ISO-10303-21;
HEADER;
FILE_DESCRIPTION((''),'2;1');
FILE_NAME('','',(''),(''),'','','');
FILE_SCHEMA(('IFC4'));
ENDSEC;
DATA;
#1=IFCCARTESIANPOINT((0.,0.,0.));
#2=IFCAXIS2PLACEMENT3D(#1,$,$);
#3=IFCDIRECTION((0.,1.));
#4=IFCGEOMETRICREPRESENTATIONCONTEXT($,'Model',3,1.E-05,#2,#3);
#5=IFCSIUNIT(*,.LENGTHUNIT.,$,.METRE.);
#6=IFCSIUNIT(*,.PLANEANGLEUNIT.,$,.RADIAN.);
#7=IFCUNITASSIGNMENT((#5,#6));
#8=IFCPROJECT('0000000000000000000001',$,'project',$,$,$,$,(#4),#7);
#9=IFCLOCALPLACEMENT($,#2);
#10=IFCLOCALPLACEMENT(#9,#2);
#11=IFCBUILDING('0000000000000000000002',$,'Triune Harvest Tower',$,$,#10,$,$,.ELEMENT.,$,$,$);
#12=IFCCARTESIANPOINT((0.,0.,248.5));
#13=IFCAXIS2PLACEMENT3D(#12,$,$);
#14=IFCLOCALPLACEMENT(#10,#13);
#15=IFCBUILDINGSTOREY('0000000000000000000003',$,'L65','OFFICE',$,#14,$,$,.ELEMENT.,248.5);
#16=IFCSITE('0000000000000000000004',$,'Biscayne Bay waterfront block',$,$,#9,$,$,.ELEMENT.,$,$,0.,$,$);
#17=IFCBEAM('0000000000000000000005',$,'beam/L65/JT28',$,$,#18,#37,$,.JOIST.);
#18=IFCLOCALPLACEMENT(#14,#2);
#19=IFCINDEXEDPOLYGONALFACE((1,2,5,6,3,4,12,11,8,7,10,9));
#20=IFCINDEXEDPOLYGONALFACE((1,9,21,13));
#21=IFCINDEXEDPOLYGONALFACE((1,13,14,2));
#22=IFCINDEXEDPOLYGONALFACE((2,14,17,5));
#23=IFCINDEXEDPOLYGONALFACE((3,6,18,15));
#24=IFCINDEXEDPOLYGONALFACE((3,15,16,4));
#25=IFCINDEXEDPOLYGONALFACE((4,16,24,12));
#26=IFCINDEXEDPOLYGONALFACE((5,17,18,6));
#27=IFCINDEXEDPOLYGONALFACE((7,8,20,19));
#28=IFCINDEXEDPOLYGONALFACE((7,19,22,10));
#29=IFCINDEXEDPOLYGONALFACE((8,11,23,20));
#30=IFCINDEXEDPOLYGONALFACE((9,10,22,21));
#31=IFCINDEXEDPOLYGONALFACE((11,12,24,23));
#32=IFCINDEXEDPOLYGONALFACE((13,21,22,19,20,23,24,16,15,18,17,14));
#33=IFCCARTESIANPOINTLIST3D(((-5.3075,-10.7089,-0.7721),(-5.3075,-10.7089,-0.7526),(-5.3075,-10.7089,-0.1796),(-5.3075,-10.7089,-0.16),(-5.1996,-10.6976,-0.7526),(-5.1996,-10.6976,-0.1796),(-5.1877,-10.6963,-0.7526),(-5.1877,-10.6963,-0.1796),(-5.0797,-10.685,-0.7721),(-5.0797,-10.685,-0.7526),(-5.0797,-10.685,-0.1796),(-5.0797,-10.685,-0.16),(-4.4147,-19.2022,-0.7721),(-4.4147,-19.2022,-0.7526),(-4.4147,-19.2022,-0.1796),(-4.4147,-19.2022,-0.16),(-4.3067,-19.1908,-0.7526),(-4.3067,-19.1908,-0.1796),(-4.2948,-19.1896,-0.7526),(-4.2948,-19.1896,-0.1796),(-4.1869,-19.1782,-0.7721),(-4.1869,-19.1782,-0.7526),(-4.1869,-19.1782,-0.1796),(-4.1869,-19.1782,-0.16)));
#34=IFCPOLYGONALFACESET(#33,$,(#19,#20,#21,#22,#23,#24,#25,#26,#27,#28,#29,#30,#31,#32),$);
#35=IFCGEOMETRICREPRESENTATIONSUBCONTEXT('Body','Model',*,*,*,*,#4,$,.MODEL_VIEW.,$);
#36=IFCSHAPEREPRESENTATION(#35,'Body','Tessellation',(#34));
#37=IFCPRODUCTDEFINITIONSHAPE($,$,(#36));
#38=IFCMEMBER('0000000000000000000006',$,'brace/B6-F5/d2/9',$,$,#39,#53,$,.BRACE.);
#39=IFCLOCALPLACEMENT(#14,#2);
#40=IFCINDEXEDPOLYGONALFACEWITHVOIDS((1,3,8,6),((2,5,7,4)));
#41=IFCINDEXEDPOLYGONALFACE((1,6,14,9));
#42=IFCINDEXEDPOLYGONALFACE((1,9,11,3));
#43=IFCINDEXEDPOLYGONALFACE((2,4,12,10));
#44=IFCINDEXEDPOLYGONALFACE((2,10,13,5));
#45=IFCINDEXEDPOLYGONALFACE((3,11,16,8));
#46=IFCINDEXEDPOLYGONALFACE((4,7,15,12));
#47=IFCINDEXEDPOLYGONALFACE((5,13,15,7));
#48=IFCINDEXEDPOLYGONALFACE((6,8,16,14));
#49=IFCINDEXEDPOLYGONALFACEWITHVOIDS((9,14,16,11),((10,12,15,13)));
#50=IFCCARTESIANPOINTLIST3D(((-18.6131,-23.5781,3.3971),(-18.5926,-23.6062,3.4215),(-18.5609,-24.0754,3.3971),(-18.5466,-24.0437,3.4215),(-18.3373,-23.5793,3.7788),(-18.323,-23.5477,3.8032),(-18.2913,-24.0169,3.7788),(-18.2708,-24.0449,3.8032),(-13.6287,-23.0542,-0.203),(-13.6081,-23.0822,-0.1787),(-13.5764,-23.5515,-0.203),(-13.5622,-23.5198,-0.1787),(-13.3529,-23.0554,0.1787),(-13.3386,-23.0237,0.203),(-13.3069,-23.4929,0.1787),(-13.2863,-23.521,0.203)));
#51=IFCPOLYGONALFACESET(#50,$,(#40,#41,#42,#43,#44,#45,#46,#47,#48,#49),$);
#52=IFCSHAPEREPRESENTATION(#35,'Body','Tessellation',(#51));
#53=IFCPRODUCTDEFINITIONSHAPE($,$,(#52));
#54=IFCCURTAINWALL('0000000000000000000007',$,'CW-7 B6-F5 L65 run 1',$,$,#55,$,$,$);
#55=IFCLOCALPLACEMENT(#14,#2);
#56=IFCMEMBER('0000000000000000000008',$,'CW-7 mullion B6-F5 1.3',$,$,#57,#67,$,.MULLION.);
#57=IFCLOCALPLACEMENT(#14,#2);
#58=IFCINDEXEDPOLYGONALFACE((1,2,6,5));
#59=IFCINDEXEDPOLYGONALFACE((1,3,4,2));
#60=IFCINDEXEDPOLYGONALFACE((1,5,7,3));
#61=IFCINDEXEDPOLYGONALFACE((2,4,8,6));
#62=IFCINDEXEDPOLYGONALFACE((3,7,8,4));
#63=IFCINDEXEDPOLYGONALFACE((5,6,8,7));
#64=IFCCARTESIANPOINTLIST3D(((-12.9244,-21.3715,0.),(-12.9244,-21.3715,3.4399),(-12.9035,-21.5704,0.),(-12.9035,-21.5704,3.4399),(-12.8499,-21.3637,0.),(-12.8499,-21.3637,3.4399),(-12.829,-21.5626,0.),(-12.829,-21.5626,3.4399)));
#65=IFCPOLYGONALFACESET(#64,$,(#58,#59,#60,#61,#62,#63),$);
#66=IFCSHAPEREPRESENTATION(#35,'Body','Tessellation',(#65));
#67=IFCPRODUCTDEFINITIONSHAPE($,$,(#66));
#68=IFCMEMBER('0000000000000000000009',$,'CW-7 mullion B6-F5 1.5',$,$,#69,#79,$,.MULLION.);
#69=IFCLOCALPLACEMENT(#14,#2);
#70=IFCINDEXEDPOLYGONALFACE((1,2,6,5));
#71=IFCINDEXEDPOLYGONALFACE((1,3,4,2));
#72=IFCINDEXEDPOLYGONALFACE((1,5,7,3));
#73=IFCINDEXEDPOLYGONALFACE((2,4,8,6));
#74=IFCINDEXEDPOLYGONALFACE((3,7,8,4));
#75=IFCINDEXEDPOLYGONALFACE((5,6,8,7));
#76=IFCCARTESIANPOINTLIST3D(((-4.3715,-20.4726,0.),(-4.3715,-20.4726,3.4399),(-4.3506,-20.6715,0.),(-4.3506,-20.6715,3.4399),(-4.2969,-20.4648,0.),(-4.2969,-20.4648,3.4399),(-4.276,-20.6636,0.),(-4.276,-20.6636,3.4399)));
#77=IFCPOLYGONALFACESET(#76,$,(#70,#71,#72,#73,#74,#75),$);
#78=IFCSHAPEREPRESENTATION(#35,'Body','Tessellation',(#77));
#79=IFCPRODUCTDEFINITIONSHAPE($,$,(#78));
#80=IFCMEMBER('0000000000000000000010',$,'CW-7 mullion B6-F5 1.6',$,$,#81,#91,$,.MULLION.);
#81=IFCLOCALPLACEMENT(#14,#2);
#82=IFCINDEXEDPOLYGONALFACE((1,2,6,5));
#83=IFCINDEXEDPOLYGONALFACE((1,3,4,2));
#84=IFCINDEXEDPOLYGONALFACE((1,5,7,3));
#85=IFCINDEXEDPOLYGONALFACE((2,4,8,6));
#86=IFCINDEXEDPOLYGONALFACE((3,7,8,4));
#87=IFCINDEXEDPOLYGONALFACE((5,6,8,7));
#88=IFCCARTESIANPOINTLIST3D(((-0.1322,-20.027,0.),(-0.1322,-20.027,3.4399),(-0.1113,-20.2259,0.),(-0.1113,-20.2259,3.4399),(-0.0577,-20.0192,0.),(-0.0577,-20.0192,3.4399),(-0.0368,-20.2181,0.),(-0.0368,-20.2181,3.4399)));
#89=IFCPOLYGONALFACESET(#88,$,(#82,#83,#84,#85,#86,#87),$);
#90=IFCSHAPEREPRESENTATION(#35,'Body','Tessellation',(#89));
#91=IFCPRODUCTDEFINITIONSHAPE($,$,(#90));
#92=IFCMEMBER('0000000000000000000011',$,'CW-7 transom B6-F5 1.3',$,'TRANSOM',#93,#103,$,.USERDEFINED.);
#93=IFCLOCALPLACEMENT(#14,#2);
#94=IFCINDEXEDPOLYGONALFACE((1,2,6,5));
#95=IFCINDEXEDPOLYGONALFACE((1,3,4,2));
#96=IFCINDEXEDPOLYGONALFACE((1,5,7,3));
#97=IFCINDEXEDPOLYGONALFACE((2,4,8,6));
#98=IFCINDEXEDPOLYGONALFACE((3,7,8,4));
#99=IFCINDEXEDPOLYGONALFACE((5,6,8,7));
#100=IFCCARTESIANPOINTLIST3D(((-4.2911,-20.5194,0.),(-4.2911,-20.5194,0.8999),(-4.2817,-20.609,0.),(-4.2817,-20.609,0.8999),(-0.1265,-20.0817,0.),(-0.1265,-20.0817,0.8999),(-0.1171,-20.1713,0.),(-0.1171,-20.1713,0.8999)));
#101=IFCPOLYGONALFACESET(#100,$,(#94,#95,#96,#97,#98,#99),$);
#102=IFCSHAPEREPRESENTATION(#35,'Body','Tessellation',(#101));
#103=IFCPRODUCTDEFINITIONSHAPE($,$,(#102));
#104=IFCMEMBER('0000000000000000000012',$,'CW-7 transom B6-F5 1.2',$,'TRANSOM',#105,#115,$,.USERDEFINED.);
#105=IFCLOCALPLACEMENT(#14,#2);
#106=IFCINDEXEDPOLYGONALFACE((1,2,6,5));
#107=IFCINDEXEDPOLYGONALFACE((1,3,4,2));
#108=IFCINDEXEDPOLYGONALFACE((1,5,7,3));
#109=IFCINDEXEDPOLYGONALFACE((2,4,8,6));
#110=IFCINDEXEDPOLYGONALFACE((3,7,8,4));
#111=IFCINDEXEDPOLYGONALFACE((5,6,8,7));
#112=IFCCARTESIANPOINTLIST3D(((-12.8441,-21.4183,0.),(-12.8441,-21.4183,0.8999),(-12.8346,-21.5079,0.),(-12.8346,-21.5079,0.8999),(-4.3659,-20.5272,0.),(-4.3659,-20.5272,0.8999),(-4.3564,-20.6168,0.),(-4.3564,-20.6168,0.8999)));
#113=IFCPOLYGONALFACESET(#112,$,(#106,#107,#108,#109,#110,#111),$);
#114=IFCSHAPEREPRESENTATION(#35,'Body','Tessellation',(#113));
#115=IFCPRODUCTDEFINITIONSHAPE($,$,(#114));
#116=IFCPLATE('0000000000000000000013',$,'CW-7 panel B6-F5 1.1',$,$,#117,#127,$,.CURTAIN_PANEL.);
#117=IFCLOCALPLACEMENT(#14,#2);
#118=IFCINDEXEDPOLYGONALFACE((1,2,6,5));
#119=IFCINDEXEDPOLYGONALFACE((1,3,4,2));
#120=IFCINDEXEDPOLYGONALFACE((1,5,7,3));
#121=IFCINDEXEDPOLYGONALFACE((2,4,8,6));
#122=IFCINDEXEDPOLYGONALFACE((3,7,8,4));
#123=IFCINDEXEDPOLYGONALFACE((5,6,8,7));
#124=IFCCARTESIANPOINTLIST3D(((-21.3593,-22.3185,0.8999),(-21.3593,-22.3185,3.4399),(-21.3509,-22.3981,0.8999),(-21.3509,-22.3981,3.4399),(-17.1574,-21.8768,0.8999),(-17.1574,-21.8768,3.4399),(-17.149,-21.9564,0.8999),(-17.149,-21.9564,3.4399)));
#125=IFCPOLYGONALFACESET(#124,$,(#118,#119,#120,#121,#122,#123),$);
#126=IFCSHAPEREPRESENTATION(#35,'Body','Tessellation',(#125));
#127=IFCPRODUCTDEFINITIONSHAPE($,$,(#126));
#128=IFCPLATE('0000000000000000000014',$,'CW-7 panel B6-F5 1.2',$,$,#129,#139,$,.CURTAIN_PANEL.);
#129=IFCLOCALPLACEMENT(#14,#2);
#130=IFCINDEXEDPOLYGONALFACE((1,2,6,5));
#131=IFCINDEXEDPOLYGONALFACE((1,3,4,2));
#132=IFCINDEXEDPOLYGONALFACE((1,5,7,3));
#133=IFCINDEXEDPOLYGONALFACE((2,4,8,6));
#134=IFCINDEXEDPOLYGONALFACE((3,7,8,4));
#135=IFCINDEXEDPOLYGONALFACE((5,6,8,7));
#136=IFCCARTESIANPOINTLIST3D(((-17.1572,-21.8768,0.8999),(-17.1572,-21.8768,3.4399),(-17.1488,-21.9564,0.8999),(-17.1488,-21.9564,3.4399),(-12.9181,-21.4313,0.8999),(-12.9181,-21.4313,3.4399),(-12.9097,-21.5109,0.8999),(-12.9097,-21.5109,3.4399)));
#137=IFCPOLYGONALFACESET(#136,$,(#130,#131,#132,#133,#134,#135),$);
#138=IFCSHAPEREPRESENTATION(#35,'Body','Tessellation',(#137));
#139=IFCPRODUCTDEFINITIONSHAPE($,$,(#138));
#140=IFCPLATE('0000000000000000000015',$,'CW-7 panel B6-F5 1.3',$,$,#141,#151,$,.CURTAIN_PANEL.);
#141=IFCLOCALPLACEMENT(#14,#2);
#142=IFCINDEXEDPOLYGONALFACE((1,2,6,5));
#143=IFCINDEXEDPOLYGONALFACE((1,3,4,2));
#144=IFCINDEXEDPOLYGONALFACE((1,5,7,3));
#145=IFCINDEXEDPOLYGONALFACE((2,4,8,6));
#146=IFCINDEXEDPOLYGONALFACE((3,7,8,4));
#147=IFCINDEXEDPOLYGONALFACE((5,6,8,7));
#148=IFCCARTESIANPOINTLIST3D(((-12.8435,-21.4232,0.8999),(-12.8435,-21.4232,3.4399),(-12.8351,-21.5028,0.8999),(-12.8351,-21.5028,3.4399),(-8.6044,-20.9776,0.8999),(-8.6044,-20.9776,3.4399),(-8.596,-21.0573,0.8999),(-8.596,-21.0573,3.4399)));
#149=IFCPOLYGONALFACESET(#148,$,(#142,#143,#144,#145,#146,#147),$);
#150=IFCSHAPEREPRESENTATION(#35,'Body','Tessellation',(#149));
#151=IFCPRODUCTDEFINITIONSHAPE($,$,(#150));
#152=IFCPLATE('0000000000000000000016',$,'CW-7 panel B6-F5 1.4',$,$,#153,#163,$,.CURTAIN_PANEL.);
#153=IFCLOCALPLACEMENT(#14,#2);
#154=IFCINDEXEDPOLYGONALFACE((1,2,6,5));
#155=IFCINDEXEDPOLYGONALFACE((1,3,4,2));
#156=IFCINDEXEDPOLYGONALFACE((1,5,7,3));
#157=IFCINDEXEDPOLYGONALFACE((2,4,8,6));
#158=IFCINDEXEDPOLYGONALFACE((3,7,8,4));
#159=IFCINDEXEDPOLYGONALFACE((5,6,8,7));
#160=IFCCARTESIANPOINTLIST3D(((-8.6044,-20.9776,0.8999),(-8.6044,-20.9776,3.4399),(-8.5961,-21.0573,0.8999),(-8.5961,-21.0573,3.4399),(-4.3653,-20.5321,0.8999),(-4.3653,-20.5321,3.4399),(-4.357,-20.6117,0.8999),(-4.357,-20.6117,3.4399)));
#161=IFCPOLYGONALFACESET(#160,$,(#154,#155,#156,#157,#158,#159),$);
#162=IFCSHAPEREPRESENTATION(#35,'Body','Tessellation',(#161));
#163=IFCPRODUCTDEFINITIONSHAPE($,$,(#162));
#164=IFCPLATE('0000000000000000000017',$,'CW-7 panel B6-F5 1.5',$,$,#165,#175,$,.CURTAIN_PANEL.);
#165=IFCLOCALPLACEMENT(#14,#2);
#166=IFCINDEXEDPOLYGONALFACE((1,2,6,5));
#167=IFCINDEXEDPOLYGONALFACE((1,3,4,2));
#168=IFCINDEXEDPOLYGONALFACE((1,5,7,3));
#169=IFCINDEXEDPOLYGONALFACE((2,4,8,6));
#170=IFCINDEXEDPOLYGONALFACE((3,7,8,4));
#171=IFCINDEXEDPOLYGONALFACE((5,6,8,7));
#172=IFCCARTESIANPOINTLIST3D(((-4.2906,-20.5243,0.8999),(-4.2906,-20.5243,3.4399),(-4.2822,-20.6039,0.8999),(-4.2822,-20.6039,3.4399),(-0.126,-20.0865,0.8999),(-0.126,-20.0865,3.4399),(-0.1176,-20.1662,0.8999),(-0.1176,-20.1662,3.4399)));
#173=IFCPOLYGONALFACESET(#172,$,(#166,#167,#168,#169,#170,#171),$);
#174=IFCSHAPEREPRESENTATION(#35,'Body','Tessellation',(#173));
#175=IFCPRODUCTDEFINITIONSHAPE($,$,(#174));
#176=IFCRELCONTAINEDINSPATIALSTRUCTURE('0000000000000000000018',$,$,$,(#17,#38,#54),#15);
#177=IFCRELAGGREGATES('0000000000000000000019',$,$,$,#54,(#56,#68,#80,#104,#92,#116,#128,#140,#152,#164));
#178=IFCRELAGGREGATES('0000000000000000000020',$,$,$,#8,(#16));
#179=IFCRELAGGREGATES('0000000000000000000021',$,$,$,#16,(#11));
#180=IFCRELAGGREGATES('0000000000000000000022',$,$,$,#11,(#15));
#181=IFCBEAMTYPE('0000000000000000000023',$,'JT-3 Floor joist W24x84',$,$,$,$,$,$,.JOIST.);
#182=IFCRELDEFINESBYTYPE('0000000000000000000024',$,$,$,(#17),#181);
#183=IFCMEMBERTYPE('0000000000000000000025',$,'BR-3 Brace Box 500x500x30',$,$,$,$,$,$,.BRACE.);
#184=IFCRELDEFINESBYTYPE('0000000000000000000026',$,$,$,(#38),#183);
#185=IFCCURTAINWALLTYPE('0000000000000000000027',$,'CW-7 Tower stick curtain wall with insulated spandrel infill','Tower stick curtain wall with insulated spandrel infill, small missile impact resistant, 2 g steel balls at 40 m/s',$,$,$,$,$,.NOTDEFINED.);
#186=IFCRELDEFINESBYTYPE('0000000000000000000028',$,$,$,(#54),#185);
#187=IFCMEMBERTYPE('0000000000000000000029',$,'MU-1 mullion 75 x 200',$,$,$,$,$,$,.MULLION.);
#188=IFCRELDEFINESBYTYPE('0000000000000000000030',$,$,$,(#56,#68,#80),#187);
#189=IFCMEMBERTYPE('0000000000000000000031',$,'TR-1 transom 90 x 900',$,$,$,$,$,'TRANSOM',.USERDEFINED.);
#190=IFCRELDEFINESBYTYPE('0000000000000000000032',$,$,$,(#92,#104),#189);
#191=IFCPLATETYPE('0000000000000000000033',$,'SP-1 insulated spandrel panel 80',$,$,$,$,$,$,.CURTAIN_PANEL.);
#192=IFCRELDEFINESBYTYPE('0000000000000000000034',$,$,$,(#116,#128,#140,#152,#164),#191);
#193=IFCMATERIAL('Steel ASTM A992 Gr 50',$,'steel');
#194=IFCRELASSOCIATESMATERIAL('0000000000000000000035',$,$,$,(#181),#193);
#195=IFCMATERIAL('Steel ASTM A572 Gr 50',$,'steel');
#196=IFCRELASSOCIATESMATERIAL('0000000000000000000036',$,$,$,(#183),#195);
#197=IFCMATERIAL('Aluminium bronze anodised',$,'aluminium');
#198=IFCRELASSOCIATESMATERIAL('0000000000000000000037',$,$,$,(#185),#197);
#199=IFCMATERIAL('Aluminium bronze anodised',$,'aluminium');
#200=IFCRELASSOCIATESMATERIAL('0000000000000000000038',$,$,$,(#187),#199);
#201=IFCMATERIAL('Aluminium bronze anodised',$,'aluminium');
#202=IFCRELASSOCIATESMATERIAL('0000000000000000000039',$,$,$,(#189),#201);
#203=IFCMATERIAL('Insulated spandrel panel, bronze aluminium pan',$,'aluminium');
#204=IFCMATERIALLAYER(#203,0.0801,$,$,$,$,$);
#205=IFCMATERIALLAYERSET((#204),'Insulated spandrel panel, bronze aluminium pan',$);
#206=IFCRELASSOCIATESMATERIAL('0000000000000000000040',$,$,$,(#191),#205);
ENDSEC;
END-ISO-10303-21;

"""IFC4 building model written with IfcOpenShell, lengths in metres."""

from ifc_helpers import new_model, si_unit, direction, frame, origin, origin_2d, place, context, subcontext, project, spatial, rectangle, hollow_rectangle, i_section, extrude, source, transform, mapped, material, layer, layer_set, material_profile, profile_set, type_object, element, aggregate, save


model = new_model("IFC4")

# Units and contexts
model_context = context("Model", 3, precision=1e-05, world=origin(), true_north=direction((0.0, 1.0)))
body_context = subcontext(model_context, "Body", "Model", "MODEL_VIEW")
ifc_project = project(units=[si_unit("LENGTHUNIT", "METRE"), si_unit("PLANEANGLEUNIT", "RADIAN")], contexts=[model_context])

# Site, building, storey
site_placement = place(None, origin())
site = spatial("IfcSite", under=ifc_project, at=site_placement, Name="Biscayne Bay waterfront block", CompositionType="ELEMENT", RefElevation=0.0)
building_placement = place(site_placement, origin())
building = spatial("IfcBuilding", under=site, at=building_placement, Name="Triune Harvest Tower", CompositionType="ELEMENT")
storey_placement = place(building_placement, frame((0.0, 0.0, 248.5)))
storey = spatial("IfcBuildingStorey", under=building, at=storey_placement, Name="L65", Description="OFFICE", CompositionType="ELEMENT", Elevation=248.5)

# Beam
ifc_material_1 = material(Name="Steel ASTM A992 Gr 50", Category="steel")
ifc_material_profile_1 = material_profile(ifc_material_1, i_section(OverallWidth=0.229, OverallDepth=0.6121, WebThickness=0.012, FlangeThickness=0.0195, at=origin_2d()), Name="W24x84")
ifc_profile_set_1 = profile_set([ifc_material_profile_1], Name="Steel ASTM A992 Gr 50")
beam_type_1 = type_object("IfcBeamType", Name="JT-3 Floor joist W24x84", PredefinedType="JOIST", material=ifc_profile_set_1)
shared_shape_1 = source(origin(), body_context, "Body", "SweptSolid", [
    extrude(i_section(OverallWidth=0.229, OverallDepth=0.6121, WebThickness=0.012, FlangeThickness=0.0195, at=origin_2d()), origin(), (0.0, 0.0, 1.0), 8.54),
])
beam_1_placement = place(storey_placement, frame((-4.3008, -19.1902, -0.4661), z_axis=(-0.104546, 0.99452, 0.0), x_axis=(-0.99452, -0.104546, 0.0)))
element("IfcBeam", 1, at=beam_1_placement, inside=storey, type_object=beam_type_1, Name="beam/L65/JT28", PredefinedType="JOIST", context=body_context, shape_type="MappedRepresentation", body=[
    mapped(shared_shape_1, transform((0.0, 0.0, 0.0), scale=1.0)),
])

# Member
ifc_material_2 = material(Name="Steel ASTM A572 Gr 50", Category="steel")
ifc_material_profile_2 = material_profile(ifc_material_2, hollow_rectangle(XDim=0.5, YDim=0.5, WallThickness=0.03, at=origin_2d()), Name="Box 500x500x30")
ifc_profile_set_2 = profile_set([ifc_material_profile_2], Name="Steel ASTM A572 Gr 50")
member_type_1 = type_object("IfcMemberType", Name="BR-3 Brace Box 500x500x30", PredefinedType="BRACE", material=ifc_profile_set_2)
shared_shape_2 = source(origin(), body_context, "Body", "SweptSolid", [
    extrude(hollow_rectangle(XDim=0.5, YDim=0.5, WallThickness=0.03, at=origin_2d()), origin(), (0.0, 0.0, 1.0), 6.1709),
])
member_1_placement = place(storey_placement, frame((-13.4575, -23.2876, 0.0), z_axis=(-0.807731, -0.084904, 0.583405), x_axis=(0.104538, -0.994521, 0.0)))
element("IfcMember", 2, at=member_1_placement, inside=storey, type_object=member_type_1, Name="brace/B6-F5/d2/9", PredefinedType="BRACE", context=body_context, shape_type="MappedRepresentation", body=[
    mapped(shared_shape_2, transform((0.0, 0.0, 0.0), scale=1.0)),
])

# Curtain wall, members, plates
ifc_material_3 = material(Name="Aluminium bronze anodised", Category="aluminium")
curtain_wall_type = type_object("IfcCurtainWallType", Name="CW-7 Tower stick curtain wall with insulated spandrel infill", Description="Tower stick curtain wall with insulated spandrel infill, small missile impact resistant, 2 g steel balls at 40 m/s", PredefinedType="NOTDEFINED", material=ifc_material_3)
curtain_wall_placement = place(storey_placement, origin())
curtain_wall = element("IfcCurtainWall", 3, at=curtain_wall_placement, inside=storey, type_object=curtain_wall_type, Name="CW-7 B6-F5 L65 run 1")
ifc_material_4 = material(Name="Aluminium bronze anodised", Category="aluminium")
ifc_material_profile_3 = material_profile(ifc_material_4, rectangle(XDim=0.2, YDim=0.075, at=origin_2d()), Name="MU-1 mullion 75 x 200")
ifc_profile_set_3 = profile_set([ifc_material_profile_3], Name="Aluminium bronze anodised")
member_type_2 = type_object("IfcMemberType", Name="MU-1 mullion 75 x 200", PredefinedType="MULLION", material=ifc_profile_set_3)
shared_shape_3 = source(origin(), body_context, "Body", "SweptSolid", [
    extrude(rectangle(XDim=0.2, YDim=0.075, at=origin_2d()), origin(), (0.0, 0.0, 1.0), 3.4399),
])
member_2_placement = place(storey_placement, frame((-12.8767, -21.467, 0.0), z_axis=(0.0, 0.0, 1.0), x_axis=(-0.10453, 0.994522, 0.0)))
member_2 = element("IfcMember", 4, at=member_2_placement, type_object=member_type_2, Name="CW-7 mullion B6-F5 1.3", PredefinedType="MULLION", context=body_context, shape_type="MappedRepresentation", body=[
    mapped(shared_shape_3, transform((0.0, 0.0, 0.0), scale=1.0)),
])
member_3_placement = place(storey_placement, frame((-4.3237, -20.5681, 0.0), z_axis=(0.0, 0.0, 1.0), x_axis=(-0.10453, 0.994522, 0.0)))
member_3 = element("IfcMember", 5, at=member_3_placement, type_object=member_type_2, Name="CW-7 mullion B6-F5 1.5", PredefinedType="MULLION", context=body_context, shape_type="MappedRepresentation", body=[
    mapped(shared_shape_3, transform((0.0, 0.0, 0.0), scale=1.0)),
])
member_4_placement = place(storey_placement, frame((-0.0845, -20.1226, 0.0), z_axis=(0.0, 0.0, 1.0), x_axis=(-0.10453, 0.994522, 0.0)))
member_4 = element("IfcMember", 6, at=member_4_placement, type_object=member_type_2, Name="CW-7 mullion B6-F5 1.6", PredefinedType="MULLION", context=body_context, shape_type="MappedRepresentation", body=[
    mapped(shared_shape_3, transform((0.0, 0.0, 0.0), scale=1.0)),
])
ifc_material_5 = material(Name="Aluminium bronze anodised", Category="aluminium")
ifc_material_profile_4 = material_profile(ifc_material_5, rectangle(XDim=0.0901, YDim=0.8999, at=origin_2d()), Name="TR-1 transom 90 x 900")
ifc_profile_set_4 = profile_set([ifc_material_profile_4], Name="Aluminium bronze anodised")
member_type_3 = type_object("IfcMemberType", Name="TR-1 transom 90 x 900", ElementType="TRANSOM", PredefinedType="USERDEFINED", material=ifc_profile_set_4)
shared_shape_4 = source(origin(), body_context, "Body", "SweptSolid", [
    extrude(rectangle(XDim=0.0901, YDim=0.8999, at=origin_2d()), origin(), (0.0, 0.0, 1.0), 4.1875),
])
member_5_placement = place(storey_placement, frame((-4.2864, -20.5642, 0.45), z_axis=(0.994521, 0.104536, 0.0), x_axis=(-0.104536, 0.994521, 0.0)))
member_5 = element("IfcMember", 7, at=member_5_placement, type_object=member_type_3, Name="CW-7 transom B6-F5 1.3", ObjectType="TRANSOM", PredefinedType="USERDEFINED", context=body_context, shape_type="MappedRepresentation", body=[
    mapped(shared_shape_4, transform((0.0, 0.0, 0.0), scale=1.0)),
])
shared_shape_5 = source(origin(), body_context, "Body", "SweptSolid", [
    extrude(rectangle(XDim=0.0901, YDim=0.8999, at=origin_2d()), origin(), (0.0, 0.0, 1.0), 8.5249),
])
member_6_placement = place(storey_placement, frame((-12.8394, -21.4631, 0.45), z_axis=(0.994522, 0.10453, 0.0), x_axis=(-0.10453, 0.994522, 0.0)))
member_6 = element("IfcMember", 8, at=member_6_placement, type_object=member_type_3, Name="CW-7 transom B6-F5 1.2", ObjectType="TRANSOM", PredefinedType="USERDEFINED", context=body_context, shape_type="MappedRepresentation", body=[
    mapped(shared_shape_5, transform((0.0, 0.0, 0.0), scale=1.0)),
])
ifc_material_6 = material(Name="Insulated spandrel panel, bronze aluminium pan", Category="aluminium")
ifc_layer_1 = layer(ifc_material_6, 0.0801)
ifc_layer_set_1 = layer_set([ifc_layer_1], Name="Insulated spandrel panel, bronze aluminium pan")
plate_type = type_object("IfcPlateType", Name="SP-1 insulated spandrel panel 80", PredefinedType="CURTAIN_PANEL", material=ifc_layer_set_1)
shared_shape_6 = source(origin(), body_context, "Body", "SweptSolid", [
    extrude(rectangle(XDim=4.2251, YDim=0.0801, at=origin_2d()), origin(), (0.0, 0.0, 1.0), 2.54),
])
plate_1_placement = place(storey_placement, frame((-19.2542, -22.1375, 0.8999), z_axis=(0.0, 0.0, 1.0), x_axis=(0.994522, 0.10453, 0.0)))
plate_1 = element("IfcPlate", 9, at=plate_1_placement, type_object=plate_type, Name="CW-7 panel B6-F5 1.1", PredefinedType="CURTAIN_PANEL", context=body_context, shape_type="MappedRepresentation", body=[
    mapped(shared_shape_6, transform((0.0, 0.0, 0.0), scale=1.0)),
])
shared_shape_7 = source(origin(), body_context, "Body", "SweptSolid", [
    extrude(rectangle(XDim=4.2625, YDim=0.0801, at=origin_2d()), origin(), (0.0, 0.0, 1.0), 2.54),
])
plate_2_placement = place(storey_placement, frame((-15.0334, -21.6938, 0.8999), z_axis=(0.0, 0.0, 1.0), x_axis=(0.994522, 0.10453, 0.0)))
plate_2 = element("IfcPlate", 10, at=plate_2_placement, type_object=plate_type, Name="CW-7 panel B6-F5 1.2", PredefinedType="CURTAIN_PANEL", context=body_context, shape_type="MappedRepresentation", body=[
    mapped(shared_shape_7, transform((0.0, 0.0, 0.0), scale=1.0)),
])
plate_3_placement = place(storey_placement, frame((-10.7197, -21.2402, 0.8999), z_axis=(0.0, 0.0, 1.0), x_axis=(0.994522, 0.10453, 0.0)))
plate_3 = element("IfcPlate", 11, at=plate_3_placement, type_object=plate_type, Name="CW-7 panel B6-F5 1.3", PredefinedType="CURTAIN_PANEL", context=body_context, shape_type="MappedRepresentation", body=[
    mapped(shared_shape_7, transform((0.0, 0.0, 0.0), scale=1.0)),
])
plate_4_placement = place(storey_placement, frame((-6.4807, -20.7947, 0.8999), z_axis=(0.0, 0.0, 1.0), x_axis=(0.994522, 0.10453, 0.0)))
plate_4 = element("IfcPlate", 12, at=plate_4_placement, type_object=plate_type, Name="CW-7 panel B6-F5 1.4", PredefinedType="CURTAIN_PANEL", context=body_context, shape_type="MappedRepresentation", body=[
    mapped(shared_shape_7, transform((0.0, 0.0, 0.0), scale=1.0)),
])
shared_shape_8 = source(origin(), body_context, "Body", "SweptSolid", [
    extrude(rectangle(XDim=4.1875, YDim=0.0801, at=origin_2d()), origin(), (0.0, 0.0, 1.0), 2.54),
])
plate_5_placement = place(storey_placement, frame((-2.2041, -20.3452, 0.8999), z_axis=(0.0, 0.0, 1.0), x_axis=(0.994522, 0.10453, 0.0)))
plate_5 = element("IfcPlate", 13, at=plate_5_placement, type_object=plate_type, Name="CW-7 panel B6-F5 1.5", PredefinedType="CURTAIN_PANEL", context=body_context, shape_type="MappedRepresentation", body=[
    mapped(shared_shape_8, transform((0.0, 0.0, 0.0), scale=1.0)),
])
aggregate(curtain_wall, [member_2, member_3, member_4, member_6, member_5, plate_1, plate_2, plate_3, plate_4, plate_5])

save(model, "model.ifc")
